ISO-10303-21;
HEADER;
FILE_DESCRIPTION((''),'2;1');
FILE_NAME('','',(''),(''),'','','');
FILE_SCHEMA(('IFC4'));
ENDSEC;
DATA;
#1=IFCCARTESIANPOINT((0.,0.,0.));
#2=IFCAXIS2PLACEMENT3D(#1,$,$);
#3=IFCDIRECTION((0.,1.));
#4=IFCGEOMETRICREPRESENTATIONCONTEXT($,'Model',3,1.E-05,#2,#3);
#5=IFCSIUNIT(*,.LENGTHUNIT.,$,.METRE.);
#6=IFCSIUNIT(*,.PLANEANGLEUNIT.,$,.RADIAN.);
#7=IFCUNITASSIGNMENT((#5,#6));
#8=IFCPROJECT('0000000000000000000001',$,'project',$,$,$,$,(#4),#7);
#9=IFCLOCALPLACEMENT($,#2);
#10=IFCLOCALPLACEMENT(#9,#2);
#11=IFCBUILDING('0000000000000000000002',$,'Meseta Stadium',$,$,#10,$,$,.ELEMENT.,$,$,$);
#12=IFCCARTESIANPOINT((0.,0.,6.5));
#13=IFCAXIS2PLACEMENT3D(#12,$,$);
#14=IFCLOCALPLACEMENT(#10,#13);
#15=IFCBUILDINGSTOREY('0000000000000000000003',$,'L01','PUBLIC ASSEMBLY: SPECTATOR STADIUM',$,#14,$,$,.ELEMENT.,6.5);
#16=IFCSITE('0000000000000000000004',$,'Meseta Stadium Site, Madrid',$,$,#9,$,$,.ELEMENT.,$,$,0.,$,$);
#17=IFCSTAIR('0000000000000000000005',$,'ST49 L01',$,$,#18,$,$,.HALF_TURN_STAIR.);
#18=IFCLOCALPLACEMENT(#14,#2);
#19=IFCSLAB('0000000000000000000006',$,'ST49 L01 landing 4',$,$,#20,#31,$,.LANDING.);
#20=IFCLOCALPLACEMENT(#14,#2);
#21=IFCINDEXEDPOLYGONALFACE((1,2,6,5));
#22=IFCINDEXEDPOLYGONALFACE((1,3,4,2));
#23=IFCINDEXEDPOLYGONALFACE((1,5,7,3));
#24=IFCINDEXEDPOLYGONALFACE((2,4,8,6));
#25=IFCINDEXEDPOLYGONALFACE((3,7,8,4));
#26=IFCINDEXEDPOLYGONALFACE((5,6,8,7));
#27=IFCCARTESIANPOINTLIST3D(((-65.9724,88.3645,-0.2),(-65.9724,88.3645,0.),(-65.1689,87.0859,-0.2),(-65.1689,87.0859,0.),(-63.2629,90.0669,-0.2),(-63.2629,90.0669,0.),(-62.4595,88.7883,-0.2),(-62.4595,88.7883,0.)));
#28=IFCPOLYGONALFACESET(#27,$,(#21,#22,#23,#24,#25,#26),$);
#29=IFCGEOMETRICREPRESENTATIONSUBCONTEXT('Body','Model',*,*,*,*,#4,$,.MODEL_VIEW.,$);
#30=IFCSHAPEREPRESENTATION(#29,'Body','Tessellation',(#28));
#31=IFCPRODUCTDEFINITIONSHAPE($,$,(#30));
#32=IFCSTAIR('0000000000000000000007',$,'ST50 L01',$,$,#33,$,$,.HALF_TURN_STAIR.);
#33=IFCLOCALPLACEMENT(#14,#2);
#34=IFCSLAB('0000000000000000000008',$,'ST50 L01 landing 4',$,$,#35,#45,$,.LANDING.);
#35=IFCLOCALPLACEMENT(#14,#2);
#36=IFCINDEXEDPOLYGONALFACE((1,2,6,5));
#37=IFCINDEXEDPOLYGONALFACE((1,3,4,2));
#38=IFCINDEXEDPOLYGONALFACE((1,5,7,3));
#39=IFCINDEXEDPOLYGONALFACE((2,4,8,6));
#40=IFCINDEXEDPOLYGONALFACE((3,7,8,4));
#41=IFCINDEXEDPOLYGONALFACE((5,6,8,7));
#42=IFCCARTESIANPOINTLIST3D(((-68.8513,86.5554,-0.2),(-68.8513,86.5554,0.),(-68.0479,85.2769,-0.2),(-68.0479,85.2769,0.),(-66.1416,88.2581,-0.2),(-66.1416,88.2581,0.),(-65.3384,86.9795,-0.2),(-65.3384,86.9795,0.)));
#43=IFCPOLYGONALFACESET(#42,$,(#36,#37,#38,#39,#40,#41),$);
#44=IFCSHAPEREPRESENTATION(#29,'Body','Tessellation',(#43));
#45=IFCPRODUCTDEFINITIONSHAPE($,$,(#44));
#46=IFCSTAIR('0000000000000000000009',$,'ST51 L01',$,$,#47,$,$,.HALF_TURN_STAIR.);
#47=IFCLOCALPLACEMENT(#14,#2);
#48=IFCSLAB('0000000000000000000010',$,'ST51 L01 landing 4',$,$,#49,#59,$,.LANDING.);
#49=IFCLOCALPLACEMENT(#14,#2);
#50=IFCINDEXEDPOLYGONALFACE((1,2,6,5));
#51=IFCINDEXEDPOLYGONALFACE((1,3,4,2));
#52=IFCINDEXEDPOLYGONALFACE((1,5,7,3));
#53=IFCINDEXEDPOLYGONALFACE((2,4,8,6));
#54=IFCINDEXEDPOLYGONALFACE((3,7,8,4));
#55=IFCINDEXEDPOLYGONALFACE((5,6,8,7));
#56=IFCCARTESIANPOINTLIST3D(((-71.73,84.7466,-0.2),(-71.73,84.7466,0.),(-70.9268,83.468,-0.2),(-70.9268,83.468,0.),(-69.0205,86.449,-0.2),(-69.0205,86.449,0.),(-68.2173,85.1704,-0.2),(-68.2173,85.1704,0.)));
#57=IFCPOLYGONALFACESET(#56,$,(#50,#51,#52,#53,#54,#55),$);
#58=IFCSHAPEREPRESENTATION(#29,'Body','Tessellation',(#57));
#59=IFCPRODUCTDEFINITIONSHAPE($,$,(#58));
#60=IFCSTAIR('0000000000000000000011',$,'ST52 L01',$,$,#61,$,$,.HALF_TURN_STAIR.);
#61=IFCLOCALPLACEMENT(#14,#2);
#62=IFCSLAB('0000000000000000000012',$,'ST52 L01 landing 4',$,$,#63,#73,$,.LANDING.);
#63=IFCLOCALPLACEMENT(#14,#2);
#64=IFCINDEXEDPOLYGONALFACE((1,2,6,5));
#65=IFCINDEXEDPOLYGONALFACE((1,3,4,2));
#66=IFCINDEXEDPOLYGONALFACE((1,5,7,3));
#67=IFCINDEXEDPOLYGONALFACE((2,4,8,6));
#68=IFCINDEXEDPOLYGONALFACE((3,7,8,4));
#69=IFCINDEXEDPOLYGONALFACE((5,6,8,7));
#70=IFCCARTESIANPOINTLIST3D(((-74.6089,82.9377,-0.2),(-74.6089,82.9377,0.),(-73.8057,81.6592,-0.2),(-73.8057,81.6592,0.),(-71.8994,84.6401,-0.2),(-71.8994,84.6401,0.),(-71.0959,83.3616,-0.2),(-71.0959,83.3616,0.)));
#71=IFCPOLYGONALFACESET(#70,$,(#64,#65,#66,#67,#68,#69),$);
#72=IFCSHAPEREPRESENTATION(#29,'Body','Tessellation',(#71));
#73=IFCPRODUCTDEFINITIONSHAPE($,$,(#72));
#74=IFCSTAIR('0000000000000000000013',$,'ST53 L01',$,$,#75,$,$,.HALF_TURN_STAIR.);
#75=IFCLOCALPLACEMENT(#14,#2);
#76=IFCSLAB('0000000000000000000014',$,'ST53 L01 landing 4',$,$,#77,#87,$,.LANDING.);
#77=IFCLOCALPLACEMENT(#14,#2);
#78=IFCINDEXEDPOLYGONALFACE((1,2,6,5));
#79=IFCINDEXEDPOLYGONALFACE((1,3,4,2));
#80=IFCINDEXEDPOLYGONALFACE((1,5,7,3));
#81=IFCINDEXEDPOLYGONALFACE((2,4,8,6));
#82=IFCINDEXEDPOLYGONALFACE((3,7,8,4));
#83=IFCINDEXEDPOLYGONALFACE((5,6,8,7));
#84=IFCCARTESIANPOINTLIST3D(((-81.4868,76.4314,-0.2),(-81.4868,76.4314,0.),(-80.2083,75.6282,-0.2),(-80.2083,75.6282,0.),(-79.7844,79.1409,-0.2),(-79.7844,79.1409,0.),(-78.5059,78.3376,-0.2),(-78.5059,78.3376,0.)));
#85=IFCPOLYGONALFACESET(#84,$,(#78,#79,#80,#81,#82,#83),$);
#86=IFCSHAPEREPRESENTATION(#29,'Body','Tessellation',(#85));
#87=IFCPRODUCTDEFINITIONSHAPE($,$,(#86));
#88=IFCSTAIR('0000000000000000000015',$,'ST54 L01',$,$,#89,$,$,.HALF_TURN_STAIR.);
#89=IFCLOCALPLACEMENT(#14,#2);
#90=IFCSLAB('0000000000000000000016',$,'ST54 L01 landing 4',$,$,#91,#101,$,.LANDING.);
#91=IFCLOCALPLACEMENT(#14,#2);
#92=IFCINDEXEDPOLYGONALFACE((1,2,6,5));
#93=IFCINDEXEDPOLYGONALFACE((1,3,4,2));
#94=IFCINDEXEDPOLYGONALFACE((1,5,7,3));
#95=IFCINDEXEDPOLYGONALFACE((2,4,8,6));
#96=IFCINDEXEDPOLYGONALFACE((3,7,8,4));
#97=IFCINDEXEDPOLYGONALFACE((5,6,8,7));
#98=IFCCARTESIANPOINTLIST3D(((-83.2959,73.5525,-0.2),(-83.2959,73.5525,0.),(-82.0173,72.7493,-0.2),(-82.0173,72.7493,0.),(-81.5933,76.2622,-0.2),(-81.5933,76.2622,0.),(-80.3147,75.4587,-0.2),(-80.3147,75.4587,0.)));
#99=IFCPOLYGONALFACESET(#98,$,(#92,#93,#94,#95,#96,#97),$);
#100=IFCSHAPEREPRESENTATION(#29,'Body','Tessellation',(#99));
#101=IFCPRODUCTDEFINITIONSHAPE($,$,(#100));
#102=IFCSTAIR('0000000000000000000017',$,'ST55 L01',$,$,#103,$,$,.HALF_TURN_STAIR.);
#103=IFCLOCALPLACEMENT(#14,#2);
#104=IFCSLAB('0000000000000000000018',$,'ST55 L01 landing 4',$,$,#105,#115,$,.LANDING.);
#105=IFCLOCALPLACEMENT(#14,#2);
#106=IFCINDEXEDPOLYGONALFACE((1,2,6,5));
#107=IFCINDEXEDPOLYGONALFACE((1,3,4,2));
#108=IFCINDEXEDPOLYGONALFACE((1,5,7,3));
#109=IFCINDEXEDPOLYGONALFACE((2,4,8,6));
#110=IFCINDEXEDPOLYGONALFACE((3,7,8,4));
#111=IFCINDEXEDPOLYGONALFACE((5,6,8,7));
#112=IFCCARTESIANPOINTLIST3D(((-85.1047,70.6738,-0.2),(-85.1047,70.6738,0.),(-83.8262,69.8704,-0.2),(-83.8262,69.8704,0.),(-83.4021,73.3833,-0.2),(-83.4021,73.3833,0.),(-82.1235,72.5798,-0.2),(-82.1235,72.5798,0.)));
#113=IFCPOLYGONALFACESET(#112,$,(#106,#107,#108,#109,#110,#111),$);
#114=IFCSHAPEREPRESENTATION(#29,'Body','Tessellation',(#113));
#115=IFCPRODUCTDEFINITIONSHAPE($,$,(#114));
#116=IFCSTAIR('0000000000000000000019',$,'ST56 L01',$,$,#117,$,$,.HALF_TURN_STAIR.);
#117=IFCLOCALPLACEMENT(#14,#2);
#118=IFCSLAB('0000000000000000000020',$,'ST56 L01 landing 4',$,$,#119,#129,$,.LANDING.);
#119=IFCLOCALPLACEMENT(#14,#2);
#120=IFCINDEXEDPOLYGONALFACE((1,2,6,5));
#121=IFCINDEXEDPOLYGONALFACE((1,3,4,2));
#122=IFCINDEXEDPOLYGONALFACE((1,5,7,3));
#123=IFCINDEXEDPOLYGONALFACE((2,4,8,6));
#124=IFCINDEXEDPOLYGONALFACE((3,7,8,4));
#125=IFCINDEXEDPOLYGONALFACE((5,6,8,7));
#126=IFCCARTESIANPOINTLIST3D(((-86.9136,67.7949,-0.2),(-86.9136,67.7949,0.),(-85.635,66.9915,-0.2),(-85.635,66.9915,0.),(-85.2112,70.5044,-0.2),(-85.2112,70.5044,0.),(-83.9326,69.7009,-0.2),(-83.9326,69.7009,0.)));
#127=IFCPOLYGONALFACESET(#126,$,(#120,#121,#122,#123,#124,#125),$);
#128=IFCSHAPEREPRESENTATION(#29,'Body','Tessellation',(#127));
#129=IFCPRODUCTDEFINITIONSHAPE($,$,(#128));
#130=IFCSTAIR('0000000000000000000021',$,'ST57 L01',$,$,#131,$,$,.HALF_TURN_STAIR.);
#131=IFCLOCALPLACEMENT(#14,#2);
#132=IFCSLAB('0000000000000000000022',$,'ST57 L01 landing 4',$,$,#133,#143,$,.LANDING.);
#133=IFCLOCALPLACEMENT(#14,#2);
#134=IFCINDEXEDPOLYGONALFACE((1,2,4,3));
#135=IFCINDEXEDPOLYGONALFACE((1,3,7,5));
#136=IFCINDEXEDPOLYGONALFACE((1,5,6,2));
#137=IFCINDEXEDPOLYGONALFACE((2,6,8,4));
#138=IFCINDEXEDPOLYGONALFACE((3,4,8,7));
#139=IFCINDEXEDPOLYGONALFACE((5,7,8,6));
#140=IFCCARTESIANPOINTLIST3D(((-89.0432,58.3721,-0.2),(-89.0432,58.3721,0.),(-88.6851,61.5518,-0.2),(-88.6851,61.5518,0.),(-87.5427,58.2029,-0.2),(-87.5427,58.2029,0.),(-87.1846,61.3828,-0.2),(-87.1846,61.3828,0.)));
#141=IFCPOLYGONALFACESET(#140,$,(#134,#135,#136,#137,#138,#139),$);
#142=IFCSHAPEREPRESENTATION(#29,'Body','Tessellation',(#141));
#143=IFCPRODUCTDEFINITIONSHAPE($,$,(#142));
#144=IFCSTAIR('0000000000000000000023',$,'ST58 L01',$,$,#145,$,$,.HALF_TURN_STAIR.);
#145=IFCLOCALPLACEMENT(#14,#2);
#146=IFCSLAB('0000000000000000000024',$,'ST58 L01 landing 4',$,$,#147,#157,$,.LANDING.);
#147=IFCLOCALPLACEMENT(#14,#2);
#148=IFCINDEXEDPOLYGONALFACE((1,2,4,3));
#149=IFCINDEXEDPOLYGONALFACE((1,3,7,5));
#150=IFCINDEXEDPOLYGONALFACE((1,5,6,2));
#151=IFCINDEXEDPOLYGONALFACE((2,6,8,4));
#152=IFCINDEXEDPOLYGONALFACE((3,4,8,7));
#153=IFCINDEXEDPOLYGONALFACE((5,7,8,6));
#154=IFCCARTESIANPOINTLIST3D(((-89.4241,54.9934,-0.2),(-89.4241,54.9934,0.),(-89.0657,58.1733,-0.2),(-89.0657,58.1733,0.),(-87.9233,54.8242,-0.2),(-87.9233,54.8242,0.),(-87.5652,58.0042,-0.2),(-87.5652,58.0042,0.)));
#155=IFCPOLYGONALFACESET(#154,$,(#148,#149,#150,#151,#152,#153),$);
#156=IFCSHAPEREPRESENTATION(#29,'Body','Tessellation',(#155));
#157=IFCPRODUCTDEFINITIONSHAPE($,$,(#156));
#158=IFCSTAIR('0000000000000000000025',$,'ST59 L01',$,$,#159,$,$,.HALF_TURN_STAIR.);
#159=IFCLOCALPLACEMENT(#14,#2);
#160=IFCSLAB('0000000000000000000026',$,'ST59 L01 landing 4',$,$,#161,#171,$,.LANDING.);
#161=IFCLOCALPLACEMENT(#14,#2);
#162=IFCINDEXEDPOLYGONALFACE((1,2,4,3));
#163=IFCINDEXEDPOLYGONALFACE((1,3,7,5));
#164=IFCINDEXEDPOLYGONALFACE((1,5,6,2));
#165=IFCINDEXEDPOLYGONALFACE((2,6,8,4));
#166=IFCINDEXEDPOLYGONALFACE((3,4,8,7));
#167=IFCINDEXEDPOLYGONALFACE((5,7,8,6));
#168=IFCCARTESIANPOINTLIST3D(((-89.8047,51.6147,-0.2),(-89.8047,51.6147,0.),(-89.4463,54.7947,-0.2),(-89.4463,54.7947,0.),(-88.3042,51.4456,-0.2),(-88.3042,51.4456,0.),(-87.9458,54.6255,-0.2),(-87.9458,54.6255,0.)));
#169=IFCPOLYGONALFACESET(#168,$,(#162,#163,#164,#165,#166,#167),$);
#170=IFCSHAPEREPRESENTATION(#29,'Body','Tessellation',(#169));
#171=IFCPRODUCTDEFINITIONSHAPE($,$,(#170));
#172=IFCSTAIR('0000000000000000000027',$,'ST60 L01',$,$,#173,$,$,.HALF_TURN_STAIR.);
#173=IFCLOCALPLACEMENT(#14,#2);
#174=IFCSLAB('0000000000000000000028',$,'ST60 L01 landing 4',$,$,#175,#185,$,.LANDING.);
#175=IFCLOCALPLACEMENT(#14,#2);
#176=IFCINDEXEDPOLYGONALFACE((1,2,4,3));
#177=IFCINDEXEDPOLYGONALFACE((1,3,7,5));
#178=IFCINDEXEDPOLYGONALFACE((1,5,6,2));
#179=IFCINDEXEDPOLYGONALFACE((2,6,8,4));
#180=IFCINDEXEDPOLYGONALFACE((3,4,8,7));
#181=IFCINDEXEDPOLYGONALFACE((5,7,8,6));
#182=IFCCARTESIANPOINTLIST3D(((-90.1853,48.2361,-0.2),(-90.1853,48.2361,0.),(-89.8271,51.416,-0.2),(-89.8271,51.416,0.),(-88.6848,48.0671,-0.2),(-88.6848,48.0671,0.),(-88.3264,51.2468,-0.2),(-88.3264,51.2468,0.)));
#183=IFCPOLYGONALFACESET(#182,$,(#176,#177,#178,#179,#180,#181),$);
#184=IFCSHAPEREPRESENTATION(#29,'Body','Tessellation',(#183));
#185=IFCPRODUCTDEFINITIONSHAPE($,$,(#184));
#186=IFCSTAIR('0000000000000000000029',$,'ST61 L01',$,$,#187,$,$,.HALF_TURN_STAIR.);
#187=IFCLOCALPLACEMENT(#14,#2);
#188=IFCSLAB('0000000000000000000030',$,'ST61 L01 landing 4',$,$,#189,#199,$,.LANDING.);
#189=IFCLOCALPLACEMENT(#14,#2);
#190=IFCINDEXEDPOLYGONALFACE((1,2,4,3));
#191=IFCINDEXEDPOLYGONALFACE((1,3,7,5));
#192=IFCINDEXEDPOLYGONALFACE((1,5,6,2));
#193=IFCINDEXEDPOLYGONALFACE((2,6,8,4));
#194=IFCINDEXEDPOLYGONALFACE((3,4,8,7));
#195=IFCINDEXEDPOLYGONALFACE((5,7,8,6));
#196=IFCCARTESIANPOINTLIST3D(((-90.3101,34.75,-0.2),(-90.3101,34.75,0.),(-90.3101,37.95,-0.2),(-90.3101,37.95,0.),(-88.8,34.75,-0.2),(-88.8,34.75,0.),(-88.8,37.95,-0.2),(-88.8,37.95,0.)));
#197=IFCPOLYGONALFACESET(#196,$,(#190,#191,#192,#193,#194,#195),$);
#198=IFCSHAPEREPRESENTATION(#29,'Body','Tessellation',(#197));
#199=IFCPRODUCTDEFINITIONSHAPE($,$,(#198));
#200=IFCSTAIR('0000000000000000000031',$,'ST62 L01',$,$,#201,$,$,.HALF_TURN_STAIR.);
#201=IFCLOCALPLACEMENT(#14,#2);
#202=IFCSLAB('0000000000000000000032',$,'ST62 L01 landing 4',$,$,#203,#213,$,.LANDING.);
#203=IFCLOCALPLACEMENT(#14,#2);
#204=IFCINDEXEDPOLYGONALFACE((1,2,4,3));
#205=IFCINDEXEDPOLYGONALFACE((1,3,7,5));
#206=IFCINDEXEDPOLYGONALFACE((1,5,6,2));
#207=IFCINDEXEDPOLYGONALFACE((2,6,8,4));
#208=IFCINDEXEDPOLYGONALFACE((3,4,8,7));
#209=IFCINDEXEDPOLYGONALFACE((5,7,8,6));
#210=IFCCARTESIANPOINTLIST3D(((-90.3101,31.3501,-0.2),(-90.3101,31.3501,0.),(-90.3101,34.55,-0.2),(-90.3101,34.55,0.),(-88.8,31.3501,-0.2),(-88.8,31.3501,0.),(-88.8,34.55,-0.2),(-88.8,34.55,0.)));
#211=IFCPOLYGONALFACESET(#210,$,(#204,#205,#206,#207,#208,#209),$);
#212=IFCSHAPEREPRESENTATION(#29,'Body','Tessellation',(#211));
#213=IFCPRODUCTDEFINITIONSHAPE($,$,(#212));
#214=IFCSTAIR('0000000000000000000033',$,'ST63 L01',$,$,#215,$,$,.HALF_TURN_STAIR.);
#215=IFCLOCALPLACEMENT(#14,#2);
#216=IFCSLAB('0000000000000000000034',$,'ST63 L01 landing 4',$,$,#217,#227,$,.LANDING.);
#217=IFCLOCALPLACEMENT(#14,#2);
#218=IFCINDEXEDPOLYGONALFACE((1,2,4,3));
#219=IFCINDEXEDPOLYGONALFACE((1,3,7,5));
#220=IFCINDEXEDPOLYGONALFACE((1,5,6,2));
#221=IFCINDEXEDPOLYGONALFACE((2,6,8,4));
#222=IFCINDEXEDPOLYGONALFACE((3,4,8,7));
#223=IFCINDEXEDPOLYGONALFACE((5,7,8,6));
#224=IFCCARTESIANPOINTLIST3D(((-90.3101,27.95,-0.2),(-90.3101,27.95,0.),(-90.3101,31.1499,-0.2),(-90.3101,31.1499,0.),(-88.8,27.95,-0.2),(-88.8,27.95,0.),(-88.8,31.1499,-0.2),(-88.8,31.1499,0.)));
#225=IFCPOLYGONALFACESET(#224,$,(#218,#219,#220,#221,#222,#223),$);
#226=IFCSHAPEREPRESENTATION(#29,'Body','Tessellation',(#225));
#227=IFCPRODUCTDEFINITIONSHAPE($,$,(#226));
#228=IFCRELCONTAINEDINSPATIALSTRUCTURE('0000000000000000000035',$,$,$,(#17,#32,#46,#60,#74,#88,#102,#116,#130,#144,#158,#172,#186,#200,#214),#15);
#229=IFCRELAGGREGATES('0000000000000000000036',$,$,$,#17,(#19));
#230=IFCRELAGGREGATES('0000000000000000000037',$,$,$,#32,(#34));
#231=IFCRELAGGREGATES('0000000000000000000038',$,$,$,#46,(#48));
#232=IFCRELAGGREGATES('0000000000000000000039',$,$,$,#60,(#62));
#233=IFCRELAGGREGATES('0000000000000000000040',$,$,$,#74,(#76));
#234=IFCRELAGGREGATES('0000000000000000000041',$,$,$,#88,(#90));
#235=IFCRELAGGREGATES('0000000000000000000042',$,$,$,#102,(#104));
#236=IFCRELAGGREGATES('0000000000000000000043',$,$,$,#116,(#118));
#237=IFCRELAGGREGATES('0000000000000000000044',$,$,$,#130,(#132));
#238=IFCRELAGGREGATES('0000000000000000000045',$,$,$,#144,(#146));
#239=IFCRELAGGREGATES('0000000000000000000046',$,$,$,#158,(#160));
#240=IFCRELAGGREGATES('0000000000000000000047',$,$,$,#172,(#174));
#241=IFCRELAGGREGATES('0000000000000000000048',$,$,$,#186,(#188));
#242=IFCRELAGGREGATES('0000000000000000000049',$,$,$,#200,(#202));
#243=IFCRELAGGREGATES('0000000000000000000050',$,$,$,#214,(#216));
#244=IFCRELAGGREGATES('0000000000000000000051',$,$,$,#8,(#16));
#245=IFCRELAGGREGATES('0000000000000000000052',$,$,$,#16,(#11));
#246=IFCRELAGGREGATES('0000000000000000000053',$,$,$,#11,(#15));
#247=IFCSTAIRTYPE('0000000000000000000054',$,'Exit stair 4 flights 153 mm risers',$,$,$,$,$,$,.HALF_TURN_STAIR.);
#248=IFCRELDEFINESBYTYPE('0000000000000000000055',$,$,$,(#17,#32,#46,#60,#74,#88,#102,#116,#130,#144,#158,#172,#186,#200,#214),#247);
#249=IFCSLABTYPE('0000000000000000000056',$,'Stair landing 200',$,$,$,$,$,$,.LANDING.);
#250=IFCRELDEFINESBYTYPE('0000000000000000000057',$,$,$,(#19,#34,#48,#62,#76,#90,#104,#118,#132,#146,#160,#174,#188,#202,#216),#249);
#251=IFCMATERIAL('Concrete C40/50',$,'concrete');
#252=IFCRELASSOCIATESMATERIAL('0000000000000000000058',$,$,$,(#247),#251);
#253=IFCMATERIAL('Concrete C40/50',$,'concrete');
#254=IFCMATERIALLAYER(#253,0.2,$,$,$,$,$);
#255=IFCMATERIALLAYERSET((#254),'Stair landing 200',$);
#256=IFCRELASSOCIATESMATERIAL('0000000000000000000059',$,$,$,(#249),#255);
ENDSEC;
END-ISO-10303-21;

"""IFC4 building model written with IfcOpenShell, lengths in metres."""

from ifc_helpers import new_model, si_unit, direction, frame, origin, place, context, subcontext, project, spatial, polyline, outline, extrude, material, layer, layer_set, type_object, element, aggregate, save


model = new_model("IFC4")

# Units and contexts
model_context = context("Model", 3, precision=1e-05, world=origin(), true_north=direction((0.0, 1.0)))
body_context = subcontext(model_context, "Body", "Model", "MODEL_VIEW")
ifc_project = project(units=[si_unit("LENGTHUNIT", "METRE"), si_unit("PLANEANGLEUNIT", "RADIAN")], contexts=[model_context])

# Site, building, storey
site_placement = place(None, origin())
site = spatial("IfcSite", under=ifc_project, at=site_placement, Name="Meseta Stadium Site, Madrid", CompositionType="ELEMENT", RefElevation=0.0)
building_placement = place(site_placement, origin())
building = spatial("IfcBuilding", under=site, at=building_placement, Name="Meseta Stadium", CompositionType="ELEMENT")
storey_placement = place(building_placement, frame((0.0, 0.0, 6.5)))
storey = spatial("IfcBuildingStorey", under=building, at=storey_placement, Name="L01", Description="PUBLIC ASSEMBLY: SPECTATOR STADIUM", CompositionType="ELEMENT", Elevation=6.5)

# Stairs, slabs
ifc_material_1 = material(Name="Concrete C40/50", Category="concrete")
stair_type = type_object("IfcStairType", Name="Exit stair 4 flights 153 mm risers", PredefinedType="HALF_TURN_STAIR", material=ifc_material_1)
ifc_material_2 = material(Name="Concrete C40/50", Category="concrete")
ifc_layer = layer(ifc_material_2, 0.2)
ifc_layer_set = layer_set([ifc_layer], Name="Stair landing 200")
slab_type = type_object("IfcSlabType", Name="Stair landing 200", PredefinedType="LANDING", material=ifc_layer_set)
stair_1_placement = place(storey_placement, origin())
stair_1 = element("IfcStair", 1, at=stair_1_placement, inside=storey, type_object=stair_type, Name="ST49 L01", PredefinedType="HALF_TURN_STAIR")
slab_1_placement = place(storey_placement, frame((0.0, 0.0, -0.2)))
slab_1 = element("IfcSlab", 2, at=slab_1_placement, type_object=slab_type, Name="ST49 L01 landing 4", PredefinedType="LANDING", context=body_context, shape_type="SweptSolid", body=[
    extrude(outline(polyline([(-62.4595, 88.7883), (-63.2629, 90.0669), (-65.9724, 88.3645), (-65.1689, 87.0859), (-62.4595, 88.7883)])), origin(), (0.0, 0.0, 1.0), 0.2),
])
aggregate(stair_1, [slab_1])
stair_2_placement = place(storey_placement, origin())
stair_2 = element("IfcStair", 3, at=stair_2_placement, inside=storey, type_object=stair_type, Name="ST50 L01", PredefinedType="HALF_TURN_STAIR")
slab_2_placement = place(storey_placement, frame((0.0, 0.0, -0.2)))
slab_2 = element("IfcSlab", 4, at=slab_2_placement, type_object=slab_type, Name="ST50 L01 landing 4", PredefinedType="LANDING", context=body_context, shape_type="SweptSolid", body=[
    extrude(outline(polyline([(-65.3384, 86.9795), (-66.1416, 88.2581), (-68.8513, 86.5554), (-68.0479, 85.2769), (-65.3384, 86.9795)])), origin(), (0.0, 0.0, 1.0), 0.2),
])
aggregate(stair_2, [slab_2])
stair_3_placement = place(storey_placement, origin())
stair_3 = element("IfcStair", 5, at=stair_3_placement, inside=storey, type_object=stair_type, Name="ST51 L01", PredefinedType="HALF_TURN_STAIR")
slab_3_placement = place(storey_placement, frame((0.0, 0.0, -0.2)))
slab_3 = element("IfcSlab", 6, at=slab_3_placement, type_object=slab_type, Name="ST51 L01 landing 4", PredefinedType="LANDING", context=body_context, shape_type="SweptSolid", body=[
    extrude(outline(polyline([(-68.2173, 85.1704), (-69.0205, 86.449), (-71.73, 84.7466), (-70.9268, 83.468), (-68.2173, 85.1704)])), origin(), (0.0, 0.0, 1.0), 0.2),
])
aggregate(stair_3, [slab_3])
stair_4_placement = place(storey_placement, origin())
stair_4 = element("IfcStair", 7, at=stair_4_placement, inside=storey, type_object=stair_type, Name="ST52 L01", PredefinedType="HALF_TURN_STAIR")
slab_4_placement = place(storey_placement, frame((0.0, 0.0, -0.2)))
slab_4 = element("IfcSlab", 8, at=slab_4_placement, type_object=slab_type, Name="ST52 L01 landing 4", PredefinedType="LANDING", context=body_context, shape_type="SweptSolid", body=[
    extrude(outline(polyline([(-71.0959, 83.3616), (-71.8994, 84.6401), (-74.6089, 82.9377), (-73.8057, 81.6592), (-71.0959, 83.3616)])), origin(), (0.0, 0.0, 1.0), 0.2),
])
aggregate(stair_4, [slab_4])
stair_5_placement = place(storey_placement, origin())
stair_5 = element("IfcStair", 9, at=stair_5_placement, inside=storey, type_object=stair_type, Name="ST53 L01", PredefinedType="HALF_TURN_STAIR")
slab_5_placement = place(storey_placement, frame((0.0, 0.0, -0.2)))
slab_5 = element("IfcSlab", 10, at=slab_5_placement, type_object=slab_type, Name="ST53 L01 landing 4", PredefinedType="LANDING", context=body_context, shape_type="SweptSolid", body=[
    extrude(outline(polyline([(-78.5059, 78.3376), (-79.7844, 79.1409), (-81.4868, 76.4314), (-80.2083, 75.6282), (-78.5059, 78.3376)])), origin(), (0.0, 0.0, 1.0), 0.2),
])
aggregate(stair_5, [slab_5])
stair_6_placement = place(storey_placement, origin())
stair_6 = element("IfcStair", 11, at=stair_6_placement, inside=storey, type_object=stair_type, Name="ST54 L01", PredefinedType="HALF_TURN_STAIR")
slab_6_placement = place(storey_placement, frame((0.0, 0.0, -0.2)))
slab_6 = element("IfcSlab", 12, at=slab_6_placement, type_object=slab_type, Name="ST54 L01 landing 4", PredefinedType="LANDING", context=body_context, shape_type="SweptSolid", body=[
    extrude(outline(polyline([(-80.3147, 75.4587), (-81.5933, 76.2622), (-83.2959, 73.5525), (-82.0173, 72.7493), (-80.3147, 75.4587)])), origin(), (0.0, 0.0, 1.0), 0.2),
])
aggregate(stair_6, [slab_6])
stair_7_placement = place(storey_placement, origin())
stair_7 = element("IfcStair", 13, at=stair_7_placement, inside=storey, type_object=stair_type, Name="ST55 L01", PredefinedType="HALF_TURN_STAIR")
slab_7_placement = place(storey_placement, frame((0.0, 0.0, -0.2)))
slab_7 = element("IfcSlab", 14, at=slab_7_placement, type_object=slab_type, Name="ST55 L01 landing 4", PredefinedType="LANDING", context=body_context, shape_type="SweptSolid", body=[
    extrude(outline(polyline([(-82.1235, 72.5798), (-83.4021, 73.3833), (-85.1047, 70.6738), (-83.8262, 69.8704), (-82.1235, 72.5798)])), origin(), (0.0, 0.0, 1.0), 0.2),
])
aggregate(stair_7, [slab_7])
stair_8_placement = place(storey_placement, origin())
stair_8 = element("IfcStair", 15, at=stair_8_placement, inside=storey, type_object=stair_type, Name="ST56 L01", PredefinedType="HALF_TURN_STAIR")
slab_8_placement = place(storey_placement, frame((0.0, 0.0, -0.2)))
slab_8 = element("IfcSlab", 16, at=slab_8_placement, type_object=slab_type, Name="ST56 L01 landing 4", PredefinedType="LANDING", context=body_context, shape_type="SweptSolid", body=[
    extrude(outline(polyline([(-83.9326, 69.7009), (-85.2112, 70.5044), (-86.9136, 67.7949), (-85.635, 66.9915), (-83.9326, 69.7009)])), origin(), (0.0, 0.0, 1.0), 0.2),
])
aggregate(stair_8, [slab_8])
stair_9_placement = place(storey_placement, origin())
stair_9 = element("IfcStair", 17, at=stair_9_placement, inside=storey, type_object=stair_type, Name="ST57 L01", PredefinedType="HALF_TURN_STAIR")
slab_9_placement = place(storey_placement, frame((0.0, 0.0, -0.2)))
slab_9 = element("IfcSlab", 18, at=slab_9_placement, type_object=slab_type, Name="ST57 L01 landing 4", PredefinedType="LANDING", context=body_context, shape_type="SweptSolid", body=[
    extrude(outline(polyline([(-87.1846, 61.3828), (-88.6851, 61.5518), (-89.0432, 58.3721), (-87.5427, 58.2029), (-87.1846, 61.3828)])), origin(), (0.0, 0.0, 1.0), 0.2),
])
aggregate(stair_9, [slab_9])
stair_10_placement = place(storey_placement, origin())
stair_10 = element("IfcStair", 19, at=stair_10_placement, inside=storey, type_object=stair_type, Name="ST58 L01", PredefinedType="HALF_TURN_STAIR")
slab_10_placement = place(storey_placement, frame((0.0, 0.0, -0.2)))
slab_10 = element("IfcSlab", 20, at=slab_10_placement, type_object=slab_type, Name="ST58 L01 landing 4", PredefinedType="LANDING", context=body_context, shape_type="SweptSolid", body=[
    extrude(outline(polyline([(-87.5652, 58.0042), (-89.0657, 58.1733), (-89.4241, 54.9934), (-87.9233, 54.8242), (-87.5652, 58.0042)])), origin(), (0.0, 0.0, 1.0), 0.2),
])
aggregate(stair_10, [slab_10])
stair_11_placement = place(storey_placement, origin())
stair_11 = element("IfcStair", 21, at=stair_11_placement, inside=storey, type_object=stair_type, Name="ST59 L01", PredefinedType="HALF_TURN_STAIR")
slab_11_placement = place(storey_placement, frame((0.0, 0.0, -0.2)))
slab_11 = element("IfcSlab", 22, at=slab_11_placement, type_object=slab_type, Name="ST59 L01 landing 4", PredefinedType="LANDING", context=body_context, shape_type="SweptSolid", body=[
    extrude(outline(polyline([(-87.9458, 54.6255), (-89.4463, 54.7947), (-89.8047, 51.6147), (-88.3042, 51.4456), (-87.9458, 54.6255)])), origin(), (0.0, 0.0, 1.0), 0.2),
])
aggregate(stair_11, [slab_11])
stair_12_placement = place(storey_placement, origin())
stair_12 = element("IfcStair", 23, at=stair_12_placement, inside=storey, type_object=stair_type, Name="ST60 L01", PredefinedType="HALF_TURN_STAIR")
slab_12_placement = place(storey_placement, frame((0.0, 0.0, -0.2)))
slab_12 = element("IfcSlab", 24, at=slab_12_placement, type_object=slab_type, Name="ST60 L01 landing 4", PredefinedType="LANDING", context=body_context, shape_type="SweptSolid", body=[
    extrude(outline(polyline([(-88.3264, 51.2468), (-89.8271, 51.416), (-90.1853, 48.2361), (-88.6848, 48.0671), (-88.3264, 51.2468)])), origin(), (0.0, 0.0, 1.0), 0.2),
])
aggregate(stair_12, [slab_12])
stair_13_placement = place(storey_placement, origin())
stair_13 = element("IfcStair", 25, at=stair_13_placement, inside=storey, type_object=stair_type, Name="ST61 L01", PredefinedType="HALF_TURN_STAIR")
slab_13_placement = place(storey_placement, frame((0.0, 0.0, -0.2)))
slab_13 = element("IfcSlab", 26, at=slab_13_placement, type_object=slab_type, Name="ST61 L01 landing 4", PredefinedType="LANDING", context=body_context, shape_type="SweptSolid", body=[
    extrude(outline(polyline([(-88.8, 37.95), (-90.3101, 37.95), (-90.3101, 34.75), (-88.8, 34.75), (-88.8, 37.95)])), origin(), (0.0, 0.0, 1.0), 0.2),
])
aggregate(stair_13, [slab_13])
stair_14_placement = place(storey_placement, origin())
stair_14 = element("IfcStair", 27, at=stair_14_placement, inside=storey, type_object=stair_type, Name="ST62 L01", PredefinedType="HALF_TURN_STAIR")
slab_14_placement = place(storey_placement, frame((0.0, 0.0, -0.2)))
slab_14 = element("IfcSlab", 28, at=slab_14_placement, type_object=slab_type, Name="ST62 L01 landing 4", PredefinedType="LANDING", context=body_context, shape_type="SweptSolid", body=[
    extrude(outline(polyline([(-88.8, 34.55), (-90.3101, 34.55), (-90.3101, 31.3501), (-88.8, 31.3501), (-88.8, 34.55)])), origin(), (0.0, 0.0, 1.0), 0.2),
])
aggregate(stair_14, [slab_14])
stair_15_placement = place(storey_placement, origin())
stair_15 = element("IfcStair", 29, at=stair_15_placement, inside=storey, type_object=stair_type, Name="ST63 L01", PredefinedType="HALF_TURN_STAIR")
slab_15_placement = place(storey_placement, frame((0.0, 0.0, -0.2)))
slab_15 = element("IfcSlab", 30, at=slab_15_placement, type_object=slab_type, Name="ST63 L01 landing 4", PredefinedType="LANDING", context=body_context, shape_type="SweptSolid", body=[
    extrude(outline(polyline([(-88.8, 31.1499), (-90.3101, 31.1499), (-90.3101, 27.95), (-88.8, 27.95), (-88.8, 31.1499)])), origin(), (0.0, 0.0, 1.0), 0.2),
])
aggregate(stair_15, [slab_15])

save(model, "model.ifc")
